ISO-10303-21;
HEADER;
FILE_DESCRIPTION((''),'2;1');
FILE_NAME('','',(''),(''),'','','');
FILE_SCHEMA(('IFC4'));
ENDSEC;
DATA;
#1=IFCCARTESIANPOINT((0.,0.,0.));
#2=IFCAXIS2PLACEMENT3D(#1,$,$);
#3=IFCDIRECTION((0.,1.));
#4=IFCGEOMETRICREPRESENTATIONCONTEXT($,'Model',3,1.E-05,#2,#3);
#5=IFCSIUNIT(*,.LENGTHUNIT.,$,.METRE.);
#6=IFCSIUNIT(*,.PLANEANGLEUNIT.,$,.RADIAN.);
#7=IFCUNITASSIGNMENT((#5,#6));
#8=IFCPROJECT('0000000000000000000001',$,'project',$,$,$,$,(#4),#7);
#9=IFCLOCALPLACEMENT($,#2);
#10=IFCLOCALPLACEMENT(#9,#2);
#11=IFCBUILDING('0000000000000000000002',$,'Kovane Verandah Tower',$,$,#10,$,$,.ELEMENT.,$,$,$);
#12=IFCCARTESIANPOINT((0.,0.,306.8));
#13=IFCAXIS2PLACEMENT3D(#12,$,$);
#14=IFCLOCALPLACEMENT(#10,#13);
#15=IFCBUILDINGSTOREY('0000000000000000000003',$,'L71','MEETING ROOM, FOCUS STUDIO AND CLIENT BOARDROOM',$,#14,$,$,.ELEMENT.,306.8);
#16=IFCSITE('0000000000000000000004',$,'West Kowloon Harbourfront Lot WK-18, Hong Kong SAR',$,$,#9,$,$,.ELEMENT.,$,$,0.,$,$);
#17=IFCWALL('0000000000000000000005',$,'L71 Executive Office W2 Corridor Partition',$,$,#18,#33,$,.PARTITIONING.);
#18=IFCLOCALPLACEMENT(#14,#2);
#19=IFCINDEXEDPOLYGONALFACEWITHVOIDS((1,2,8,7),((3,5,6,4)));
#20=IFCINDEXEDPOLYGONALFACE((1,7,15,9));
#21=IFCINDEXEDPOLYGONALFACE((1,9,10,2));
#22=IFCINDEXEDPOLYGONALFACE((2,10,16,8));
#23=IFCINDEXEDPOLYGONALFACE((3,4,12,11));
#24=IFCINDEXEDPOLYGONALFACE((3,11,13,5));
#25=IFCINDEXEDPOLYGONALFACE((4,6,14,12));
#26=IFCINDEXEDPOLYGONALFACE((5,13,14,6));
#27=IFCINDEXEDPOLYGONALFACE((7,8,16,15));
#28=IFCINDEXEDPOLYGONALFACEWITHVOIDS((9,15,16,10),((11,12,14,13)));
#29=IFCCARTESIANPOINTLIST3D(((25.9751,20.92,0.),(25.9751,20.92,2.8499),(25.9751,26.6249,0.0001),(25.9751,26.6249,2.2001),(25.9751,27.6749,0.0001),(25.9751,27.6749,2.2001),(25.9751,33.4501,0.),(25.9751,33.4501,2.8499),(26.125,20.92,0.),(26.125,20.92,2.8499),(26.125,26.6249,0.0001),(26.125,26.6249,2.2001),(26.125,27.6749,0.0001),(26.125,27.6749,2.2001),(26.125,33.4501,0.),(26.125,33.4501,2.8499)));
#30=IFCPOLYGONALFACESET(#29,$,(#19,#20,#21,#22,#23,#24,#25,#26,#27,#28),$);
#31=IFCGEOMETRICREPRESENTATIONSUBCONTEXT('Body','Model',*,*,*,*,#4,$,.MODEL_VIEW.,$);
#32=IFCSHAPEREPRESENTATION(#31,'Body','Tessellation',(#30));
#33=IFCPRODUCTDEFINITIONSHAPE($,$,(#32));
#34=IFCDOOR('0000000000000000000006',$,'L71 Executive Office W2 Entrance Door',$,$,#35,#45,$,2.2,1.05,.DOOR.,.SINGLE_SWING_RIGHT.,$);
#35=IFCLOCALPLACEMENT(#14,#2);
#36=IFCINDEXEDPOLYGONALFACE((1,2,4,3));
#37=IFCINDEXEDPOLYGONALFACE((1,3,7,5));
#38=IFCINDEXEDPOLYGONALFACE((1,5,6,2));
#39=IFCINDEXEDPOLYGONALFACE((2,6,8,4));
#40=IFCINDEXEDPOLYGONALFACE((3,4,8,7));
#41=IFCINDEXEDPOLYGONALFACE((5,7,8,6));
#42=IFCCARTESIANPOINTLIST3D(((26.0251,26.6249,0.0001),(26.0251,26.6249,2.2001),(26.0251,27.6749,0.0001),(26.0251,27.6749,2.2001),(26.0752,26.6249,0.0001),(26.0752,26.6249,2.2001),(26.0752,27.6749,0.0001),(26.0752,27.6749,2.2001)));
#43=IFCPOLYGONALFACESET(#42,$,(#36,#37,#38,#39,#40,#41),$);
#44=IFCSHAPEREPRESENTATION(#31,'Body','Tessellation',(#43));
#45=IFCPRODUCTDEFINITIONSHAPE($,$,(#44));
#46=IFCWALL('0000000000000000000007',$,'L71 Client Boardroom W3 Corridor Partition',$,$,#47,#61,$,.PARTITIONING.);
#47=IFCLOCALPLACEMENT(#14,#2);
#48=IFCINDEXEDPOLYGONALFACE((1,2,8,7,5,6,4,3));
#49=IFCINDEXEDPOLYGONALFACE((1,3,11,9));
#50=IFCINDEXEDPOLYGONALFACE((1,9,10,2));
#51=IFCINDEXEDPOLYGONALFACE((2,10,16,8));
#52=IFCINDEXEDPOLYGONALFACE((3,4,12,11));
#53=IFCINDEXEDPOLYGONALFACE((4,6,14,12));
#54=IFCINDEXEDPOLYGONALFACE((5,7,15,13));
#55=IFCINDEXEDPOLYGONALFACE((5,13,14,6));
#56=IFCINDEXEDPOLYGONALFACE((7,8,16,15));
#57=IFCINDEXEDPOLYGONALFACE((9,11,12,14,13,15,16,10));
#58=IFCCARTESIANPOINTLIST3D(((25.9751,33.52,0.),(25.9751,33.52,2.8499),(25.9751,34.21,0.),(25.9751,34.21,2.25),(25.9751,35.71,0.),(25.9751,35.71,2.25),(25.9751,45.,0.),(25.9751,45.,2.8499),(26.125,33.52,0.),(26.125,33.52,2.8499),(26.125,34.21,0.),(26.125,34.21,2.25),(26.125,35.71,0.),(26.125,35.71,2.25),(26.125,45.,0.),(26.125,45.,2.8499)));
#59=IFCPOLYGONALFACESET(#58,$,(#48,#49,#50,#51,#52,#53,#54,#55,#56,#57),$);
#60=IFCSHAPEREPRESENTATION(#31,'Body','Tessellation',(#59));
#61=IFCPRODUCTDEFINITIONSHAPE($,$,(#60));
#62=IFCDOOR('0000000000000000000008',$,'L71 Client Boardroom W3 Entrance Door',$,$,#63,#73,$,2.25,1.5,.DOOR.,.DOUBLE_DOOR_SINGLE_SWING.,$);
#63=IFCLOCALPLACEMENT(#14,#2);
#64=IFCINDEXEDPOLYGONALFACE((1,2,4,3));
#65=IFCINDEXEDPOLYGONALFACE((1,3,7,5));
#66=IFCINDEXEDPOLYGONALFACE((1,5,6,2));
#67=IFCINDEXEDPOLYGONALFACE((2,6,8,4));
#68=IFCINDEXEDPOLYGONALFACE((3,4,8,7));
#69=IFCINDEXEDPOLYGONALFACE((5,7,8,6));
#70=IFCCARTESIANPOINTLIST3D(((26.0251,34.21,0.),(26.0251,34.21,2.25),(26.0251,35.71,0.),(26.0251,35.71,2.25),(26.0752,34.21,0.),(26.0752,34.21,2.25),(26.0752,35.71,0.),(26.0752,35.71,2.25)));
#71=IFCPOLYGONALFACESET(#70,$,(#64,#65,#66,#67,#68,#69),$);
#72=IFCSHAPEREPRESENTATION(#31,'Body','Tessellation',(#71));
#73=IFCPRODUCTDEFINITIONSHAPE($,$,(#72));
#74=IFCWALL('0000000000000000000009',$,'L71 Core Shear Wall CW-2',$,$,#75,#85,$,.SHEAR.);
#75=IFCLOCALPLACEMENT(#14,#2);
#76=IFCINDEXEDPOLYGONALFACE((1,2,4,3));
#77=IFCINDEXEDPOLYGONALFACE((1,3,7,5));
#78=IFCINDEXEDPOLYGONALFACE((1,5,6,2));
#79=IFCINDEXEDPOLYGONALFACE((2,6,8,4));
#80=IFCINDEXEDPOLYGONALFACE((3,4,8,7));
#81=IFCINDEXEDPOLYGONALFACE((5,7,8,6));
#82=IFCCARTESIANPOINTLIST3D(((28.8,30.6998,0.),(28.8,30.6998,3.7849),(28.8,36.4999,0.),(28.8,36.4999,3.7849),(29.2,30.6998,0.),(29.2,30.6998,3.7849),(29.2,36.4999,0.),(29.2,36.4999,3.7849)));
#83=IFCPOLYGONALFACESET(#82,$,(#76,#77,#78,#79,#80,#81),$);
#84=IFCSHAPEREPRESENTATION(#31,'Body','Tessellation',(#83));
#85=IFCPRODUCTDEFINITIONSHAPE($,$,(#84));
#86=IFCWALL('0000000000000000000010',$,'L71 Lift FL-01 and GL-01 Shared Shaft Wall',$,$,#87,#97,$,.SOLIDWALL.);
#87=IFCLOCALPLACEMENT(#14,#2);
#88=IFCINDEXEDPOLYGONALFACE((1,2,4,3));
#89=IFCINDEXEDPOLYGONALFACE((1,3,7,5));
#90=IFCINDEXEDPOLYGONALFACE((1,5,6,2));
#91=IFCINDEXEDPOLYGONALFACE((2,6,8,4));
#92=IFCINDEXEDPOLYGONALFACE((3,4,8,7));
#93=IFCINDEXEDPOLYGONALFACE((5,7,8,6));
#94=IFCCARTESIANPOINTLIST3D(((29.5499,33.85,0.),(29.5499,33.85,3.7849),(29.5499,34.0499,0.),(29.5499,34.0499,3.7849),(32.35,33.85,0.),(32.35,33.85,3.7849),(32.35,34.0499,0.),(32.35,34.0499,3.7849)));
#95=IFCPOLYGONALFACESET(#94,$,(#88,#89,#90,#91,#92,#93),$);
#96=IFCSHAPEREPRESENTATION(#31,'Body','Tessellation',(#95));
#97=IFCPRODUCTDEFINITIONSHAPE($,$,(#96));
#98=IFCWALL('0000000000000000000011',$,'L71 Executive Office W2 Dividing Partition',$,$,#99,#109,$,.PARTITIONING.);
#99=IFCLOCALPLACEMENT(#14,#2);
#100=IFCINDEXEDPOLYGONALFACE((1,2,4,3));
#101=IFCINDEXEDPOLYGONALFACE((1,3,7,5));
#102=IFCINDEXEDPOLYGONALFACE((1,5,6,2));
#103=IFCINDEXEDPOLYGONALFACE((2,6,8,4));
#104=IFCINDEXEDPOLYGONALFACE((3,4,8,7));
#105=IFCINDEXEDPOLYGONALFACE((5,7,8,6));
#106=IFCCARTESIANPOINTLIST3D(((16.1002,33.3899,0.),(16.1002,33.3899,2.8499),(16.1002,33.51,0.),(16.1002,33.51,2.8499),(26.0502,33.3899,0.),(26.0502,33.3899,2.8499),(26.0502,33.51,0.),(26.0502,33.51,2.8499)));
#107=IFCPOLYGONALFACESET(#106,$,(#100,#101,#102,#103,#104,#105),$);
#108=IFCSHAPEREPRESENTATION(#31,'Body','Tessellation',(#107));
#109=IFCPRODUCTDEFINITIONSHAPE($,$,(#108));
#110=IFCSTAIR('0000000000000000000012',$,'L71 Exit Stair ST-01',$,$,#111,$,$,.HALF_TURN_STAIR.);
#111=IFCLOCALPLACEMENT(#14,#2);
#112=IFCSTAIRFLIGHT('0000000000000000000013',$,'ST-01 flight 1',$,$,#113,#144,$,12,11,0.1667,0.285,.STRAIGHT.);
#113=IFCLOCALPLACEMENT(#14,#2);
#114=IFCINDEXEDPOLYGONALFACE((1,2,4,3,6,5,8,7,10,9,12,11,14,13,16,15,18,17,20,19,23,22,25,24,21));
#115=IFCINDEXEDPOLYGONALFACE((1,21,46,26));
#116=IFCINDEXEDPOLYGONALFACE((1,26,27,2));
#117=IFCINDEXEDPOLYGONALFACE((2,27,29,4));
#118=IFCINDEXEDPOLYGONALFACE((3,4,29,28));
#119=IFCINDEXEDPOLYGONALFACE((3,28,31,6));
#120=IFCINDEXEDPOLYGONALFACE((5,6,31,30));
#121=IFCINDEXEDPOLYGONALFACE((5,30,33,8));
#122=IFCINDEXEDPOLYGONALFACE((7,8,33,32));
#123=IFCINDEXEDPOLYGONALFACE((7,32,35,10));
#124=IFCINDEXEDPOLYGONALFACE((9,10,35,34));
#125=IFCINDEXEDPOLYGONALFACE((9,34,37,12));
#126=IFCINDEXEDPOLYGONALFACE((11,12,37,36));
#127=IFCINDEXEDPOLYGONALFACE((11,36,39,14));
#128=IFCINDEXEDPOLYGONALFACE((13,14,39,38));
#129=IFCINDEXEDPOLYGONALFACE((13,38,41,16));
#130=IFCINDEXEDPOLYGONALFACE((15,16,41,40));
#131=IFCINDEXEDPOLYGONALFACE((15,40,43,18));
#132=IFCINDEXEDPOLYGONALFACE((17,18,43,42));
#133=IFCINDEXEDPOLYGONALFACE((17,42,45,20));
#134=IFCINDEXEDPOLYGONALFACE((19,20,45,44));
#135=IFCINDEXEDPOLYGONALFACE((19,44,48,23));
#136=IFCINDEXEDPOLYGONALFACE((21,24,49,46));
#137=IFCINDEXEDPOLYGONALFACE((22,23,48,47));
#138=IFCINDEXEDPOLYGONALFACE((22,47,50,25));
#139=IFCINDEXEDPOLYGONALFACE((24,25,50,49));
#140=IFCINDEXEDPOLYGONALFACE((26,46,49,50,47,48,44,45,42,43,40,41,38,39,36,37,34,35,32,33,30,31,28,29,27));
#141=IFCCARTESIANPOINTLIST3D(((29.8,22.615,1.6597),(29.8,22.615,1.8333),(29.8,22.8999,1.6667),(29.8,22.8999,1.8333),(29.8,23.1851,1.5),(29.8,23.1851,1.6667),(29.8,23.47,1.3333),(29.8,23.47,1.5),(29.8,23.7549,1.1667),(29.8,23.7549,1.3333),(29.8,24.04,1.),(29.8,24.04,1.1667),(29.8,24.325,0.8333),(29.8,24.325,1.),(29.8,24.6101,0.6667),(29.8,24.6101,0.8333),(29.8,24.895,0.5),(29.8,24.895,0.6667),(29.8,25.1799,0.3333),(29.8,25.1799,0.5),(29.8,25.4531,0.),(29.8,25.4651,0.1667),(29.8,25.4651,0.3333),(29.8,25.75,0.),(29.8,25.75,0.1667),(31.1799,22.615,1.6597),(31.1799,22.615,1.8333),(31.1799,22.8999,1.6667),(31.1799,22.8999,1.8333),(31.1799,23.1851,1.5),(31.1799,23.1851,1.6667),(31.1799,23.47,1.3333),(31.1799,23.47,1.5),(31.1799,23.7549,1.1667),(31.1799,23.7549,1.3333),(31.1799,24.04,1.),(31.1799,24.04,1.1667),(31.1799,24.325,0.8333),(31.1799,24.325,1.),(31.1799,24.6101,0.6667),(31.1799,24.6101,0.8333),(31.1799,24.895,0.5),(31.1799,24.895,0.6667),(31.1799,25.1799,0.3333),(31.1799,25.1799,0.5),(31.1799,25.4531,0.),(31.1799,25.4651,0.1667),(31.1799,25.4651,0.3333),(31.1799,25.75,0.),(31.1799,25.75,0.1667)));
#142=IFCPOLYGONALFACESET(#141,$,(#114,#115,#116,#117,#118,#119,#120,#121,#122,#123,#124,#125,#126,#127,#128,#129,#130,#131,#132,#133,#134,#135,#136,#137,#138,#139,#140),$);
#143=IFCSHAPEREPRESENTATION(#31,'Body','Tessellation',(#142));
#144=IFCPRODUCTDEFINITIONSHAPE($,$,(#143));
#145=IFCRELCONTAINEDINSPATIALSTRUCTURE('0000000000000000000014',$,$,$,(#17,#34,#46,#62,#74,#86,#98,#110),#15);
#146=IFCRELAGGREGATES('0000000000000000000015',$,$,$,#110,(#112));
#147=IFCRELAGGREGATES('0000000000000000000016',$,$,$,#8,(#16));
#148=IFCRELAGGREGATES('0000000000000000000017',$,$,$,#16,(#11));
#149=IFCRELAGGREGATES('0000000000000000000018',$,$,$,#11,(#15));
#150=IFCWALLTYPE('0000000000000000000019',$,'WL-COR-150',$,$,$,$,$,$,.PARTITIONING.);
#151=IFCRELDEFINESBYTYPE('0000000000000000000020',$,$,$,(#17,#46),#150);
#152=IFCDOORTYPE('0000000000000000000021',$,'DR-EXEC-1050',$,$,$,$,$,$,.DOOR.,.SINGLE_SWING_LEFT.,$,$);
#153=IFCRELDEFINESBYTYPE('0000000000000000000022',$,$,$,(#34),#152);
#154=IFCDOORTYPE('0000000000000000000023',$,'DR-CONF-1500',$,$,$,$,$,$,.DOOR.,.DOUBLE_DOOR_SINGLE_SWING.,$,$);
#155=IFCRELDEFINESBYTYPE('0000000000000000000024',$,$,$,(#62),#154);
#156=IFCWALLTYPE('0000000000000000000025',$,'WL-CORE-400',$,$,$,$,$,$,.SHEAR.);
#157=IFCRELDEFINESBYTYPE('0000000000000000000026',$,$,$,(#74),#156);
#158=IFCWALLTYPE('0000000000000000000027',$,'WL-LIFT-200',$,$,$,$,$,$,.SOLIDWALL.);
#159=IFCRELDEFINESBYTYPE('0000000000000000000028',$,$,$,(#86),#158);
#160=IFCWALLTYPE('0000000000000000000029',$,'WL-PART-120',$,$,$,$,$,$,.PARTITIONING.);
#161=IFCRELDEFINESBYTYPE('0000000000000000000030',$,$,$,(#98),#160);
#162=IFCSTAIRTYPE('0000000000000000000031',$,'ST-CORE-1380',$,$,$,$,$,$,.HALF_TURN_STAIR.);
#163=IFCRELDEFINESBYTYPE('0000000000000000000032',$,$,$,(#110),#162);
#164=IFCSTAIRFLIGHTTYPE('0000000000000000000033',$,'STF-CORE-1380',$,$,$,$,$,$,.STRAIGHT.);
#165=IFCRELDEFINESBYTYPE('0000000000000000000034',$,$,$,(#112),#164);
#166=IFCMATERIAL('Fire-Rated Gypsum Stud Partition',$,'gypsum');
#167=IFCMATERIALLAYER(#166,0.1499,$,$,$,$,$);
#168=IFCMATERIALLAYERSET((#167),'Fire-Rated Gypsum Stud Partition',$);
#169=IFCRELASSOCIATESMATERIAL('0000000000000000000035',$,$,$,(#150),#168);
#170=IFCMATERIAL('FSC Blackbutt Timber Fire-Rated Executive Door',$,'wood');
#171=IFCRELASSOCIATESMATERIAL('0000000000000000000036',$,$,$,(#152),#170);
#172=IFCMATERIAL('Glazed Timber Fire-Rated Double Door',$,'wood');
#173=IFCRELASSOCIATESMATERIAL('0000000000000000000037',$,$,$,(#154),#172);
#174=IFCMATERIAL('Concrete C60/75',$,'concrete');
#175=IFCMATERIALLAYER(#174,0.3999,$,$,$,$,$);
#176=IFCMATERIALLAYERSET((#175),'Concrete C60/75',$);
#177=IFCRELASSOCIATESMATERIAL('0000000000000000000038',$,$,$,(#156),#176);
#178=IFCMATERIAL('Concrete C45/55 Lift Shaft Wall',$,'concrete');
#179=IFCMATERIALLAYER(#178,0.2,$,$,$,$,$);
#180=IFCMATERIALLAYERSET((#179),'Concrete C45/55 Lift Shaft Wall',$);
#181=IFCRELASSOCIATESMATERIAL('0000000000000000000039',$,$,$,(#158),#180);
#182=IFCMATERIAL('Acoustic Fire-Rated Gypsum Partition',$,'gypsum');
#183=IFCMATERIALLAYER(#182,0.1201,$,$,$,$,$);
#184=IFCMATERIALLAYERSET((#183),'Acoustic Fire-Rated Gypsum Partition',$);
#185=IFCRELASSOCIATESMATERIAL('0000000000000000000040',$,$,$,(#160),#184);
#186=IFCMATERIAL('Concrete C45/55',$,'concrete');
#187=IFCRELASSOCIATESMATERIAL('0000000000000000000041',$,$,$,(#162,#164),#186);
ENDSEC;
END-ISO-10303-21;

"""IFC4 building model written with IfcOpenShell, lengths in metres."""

from ifc_helpers import new_model, si_unit, direction, frame, frame_2d, origin, place, context, subcontext, project, spatial, polyline, rectangle, outline, extrude, material, layer, layer_set, type_object, element, fill, aggregate, save


model = new_model("IFC4")

# Units and contexts
model_context = context("Model", 3, precision=1e-05, world=origin(), true_north=direction((0.0, 1.0)))
body_context = subcontext(model_context, "Body", "Model", "MODEL_VIEW")
ifc_project = project(units=[si_unit("LENGTHUNIT", "METRE"), si_unit("PLANEANGLEUNIT", "RADIAN")], contexts=[model_context])

# Site, building, storey
site_placement = place(None, origin())
site = spatial("IfcSite", under=ifc_project, at=site_placement, Name="West Kowloon Harbourfront Lot WK-18, Hong Kong SAR", CompositionType="ELEMENT", RefElevation=0.0)
building_placement = place(site_placement, origin())
building = spatial("IfcBuilding", under=site, at=building_placement, Name="Kovane Verandah Tower", CompositionType="ELEMENT")
storey_placement = place(building_placement, frame((0.0, 0.0, 306.8)))
storey = spatial("IfcBuildingStorey", under=building, at=storey_placement, Name="L71", Description="MEETING ROOM, FOCUS STUDIO AND CLIENT BOARDROOM", CompositionType="ELEMENT", Elevation=306.8)

# Shared definitions
ifc_material_1 = material(Name="Concrete C60/75", Category="concrete")

# Walls, openings, doors
ifc_material_2 = material(Name="Fire-Rated Gypsum Stud Partition", Category="gypsum")
ifc_layer_1 = layer(ifc_material_2, 0.1499)
ifc_layer_set_1 = layer_set([ifc_layer_1], Name="Fire-Rated Gypsum Stud Partition")
wall_type_1 = type_object("IfcWallType", Name="WL-COR-150", PredefinedType="PARTITIONING", material=ifc_layer_set_1)
wall_1_placement = place(storey_placement, frame((26.05, 20.9199, 0.0), z_axis=(0.0, 0.0, 1.0), x_axis=(0.0, 1.0, 0.0)))
wall_1 = element("IfcWall", 1, at=wall_1_placement, inside=storey, type_object=wall_type_1, Name="L71 Executive Office W2 Corridor Partition", PredefinedType="PARTITIONING", context=body_context, shape_type="SweptSolid", body=[
    extrude(rectangle(XDim=12.53, YDim=0.1499, at=frame_2d((6.2651, 0.0))), origin(), (0.0, 0.0, 1.0), 2.8499),
])
opening_1_placement = place(wall_1_placement, frame((5.7051, 0.0, 0.0)))
opening_1 = element("IfcOpeningElement", 2, at=opening_1_placement, cuts=wall_1, PredefinedType="OPENING", context=body_context, shape_type="SweptSolid", body=[
    extrude(rectangle(XDim=1.05, YDim=2.2, at=frame_2d((0.5249, 1.1001))), frame((0.0, 0.075, 0.0), z_axis=(0.0, -1.0, 0.0), x_axis=(1.0, 0.0, 0.0)), (0.0, 0.0, 1.0), 0.1499),
])
ifc_material_3 = material(Name="FSC Blackbutt Timber Fire-Rated Executive Door", Category="wood")
door_type_1 = type_object("IfcDoorType", Name="DR-EXEC-1050", OperationType="SINGLE_SWING_LEFT", PredefinedType="DOOR", material=ifc_material_3)
door_1_placement = place(opening_1_placement, origin())
door_1 = element("IfcDoor", 3, at=door_1_placement, inside=storey, type_object=door_type_1, Name="L71 Executive Office W2 Entrance Door", OperationType="SINGLE_SWING_RIGHT", OverallHeight=2.2, OverallWidth=1.05, PredefinedType="DOOR", context=body_context, shape_type="SweptSolid", body=[
    extrude(rectangle(XDim=1.05, YDim=2.2, at=frame_2d((0.5249, 1.1001))), frame((0.0, 0.0249, 0.0), z_axis=(0.0, -1.0, 0.0), x_axis=(1.0, 0.0, 0.0)), (0.0, 0.0, 1.0), 0.05),
])
fill(opening_1, door_1)
wall_2_placement = place(storey_placement, frame((26.05, 33.52, 0.0), z_axis=(0.0, 0.0, 1.0), x_axis=(0.0, 1.0, 0.0)))
wall_2 = element("IfcWall", 4, at=wall_2_placement, inside=storey, type_object=wall_type_1, Name="L71 Client Boardroom W3 Corridor Partition", PredefinedType="PARTITIONING", context=body_context, shape_type="SweptSolid", body=[
    extrude(rectangle(XDim=11.48, YDim=0.1499, at=frame_2d((5.74, 0.0))), origin(), (0.0, 0.0, 1.0), 2.8499),
])
opening_2_placement = place(wall_2_placement, frame((0.6899, 0.0, 0.0)))
opening_2 = element("IfcOpeningElement", 5, at=opening_2_placement, cuts=wall_2, PredefinedType="OPENING", context=body_context, shape_type="SweptSolid", body=[
    extrude(rectangle(XDim=1.5, YDim=2.25, at=frame_2d((0.75, 1.125))), frame((0.0, 0.075, 0.0), z_axis=(0.0, -1.0, 0.0), x_axis=(1.0, 0.0, 0.0)), (0.0, 0.0, 1.0), 0.1499),
])
ifc_material_4 = material(Name="Glazed Timber Fire-Rated Double Door", Category="wood")
door_type_2 = type_object("IfcDoorType", Name="DR-CONF-1500", OperationType="DOUBLE_DOOR_SINGLE_SWING", PredefinedType="DOOR", material=ifc_material_4)
door_2_placement = place(opening_2_placement, origin())
door_2 = element("IfcDoor", 6, at=door_2_placement, inside=storey, type_object=door_type_2, Name="L71 Client Boardroom W3 Entrance Door", OperationType="DOUBLE_DOOR_SINGLE_SWING", OverallHeight=2.25, OverallWidth=1.5, PredefinedType="DOOR", context=body_context, shape_type="SweptSolid", body=[
    extrude(rectangle(XDim=1.5, YDim=2.25, at=frame_2d((0.75, 1.125))), frame((0.0, 0.0249, 0.0), z_axis=(0.0, -1.0, 0.0), x_axis=(1.0, 0.0, 0.0)), (0.0, 0.0, 1.0), 0.05),
])
fill(opening_2, door_2)

# Wall
ifc_layer_2 = layer(ifc_material_1, 0.3999)
ifc_layer_set_2 = layer_set([ifc_layer_2], Name="Concrete C60/75")
wall_type_2 = type_object("IfcWallType", Name="WL-CORE-400", PredefinedType="SHEAR", material=ifc_layer_set_2)
wall_3_placement = place(storey_placement, frame((29.0, 30.7, 0.0), z_axis=(0.0, 0.0, 1.0), x_axis=(0.0, 1.0, 0.0)))
element("IfcWall", 7, at=wall_3_placement, inside=storey, type_object=wall_type_2, Name="L71 Core Shear Wall CW-2", PredefinedType="SHEAR", context=body_context, shape_type="SweptSolid", body=[
    extrude(rectangle(XDim=5.8, YDim=0.3999, at=frame_2d((2.8999, 0.0))), origin(), (0.0, 0.0, 1.0), 3.7849),
])

# Shared definitions
ifc_material_5 = material(Name="Concrete C45/55 Lift Shaft Wall", Category="concrete")
ifc_layer_3 = layer(ifc_material_5, 0.2)
ifc_layer_set_3 = layer_set([ifc_layer_3], Name="Concrete C45/55 Lift Shaft Wall")
wall_type_3 = type_object("IfcWallType", Name="WL-LIFT-200", PredefinedType="SOLIDWALL", material=ifc_layer_set_3)

# Walls
wall_4_placement = place(storey_placement, frame((29.55, 33.95, 0.0), z_axis=(0.0, 0.0, 1.0), x_axis=(1.0, 0.0, 0.0)))
element("IfcWall", 8, at=wall_4_placement, inside=storey, type_object=wall_type_3, Name="L71 Lift FL-01 and GL-01 Shared Shaft Wall", PredefinedType="SOLIDWALL", context=body_context, shape_type="SweptSolid", body=[
    extrude(rectangle(XDim=2.8, YDim=0.2, at=frame_2d((1.3999, 0.0))), origin(), (0.0, 0.0, 1.0), 3.7849),
])
ifc_material_6 = material(Name="Acoustic Fire-Rated Gypsum Partition", Category="gypsum")
ifc_layer_4 = layer(ifc_material_6, 0.1201)
ifc_layer_set_4 = layer_set([ifc_layer_4], Name="Acoustic Fire-Rated Gypsum Partition")
wall_type_4 = type_object("IfcWallType", Name="WL-PART-120", PredefinedType="PARTITIONING", material=ifc_layer_set_4)
wall_5_placement = place(storey_placement, frame((16.1001, 33.45, 0.0), z_axis=(0.0, 0.0, 1.0), x_axis=(1.0, 0.0, 0.0)))
element("IfcWall", 9, at=wall_5_placement, inside=storey, type_object=wall_type_4, Name="L71 Executive Office W2 Dividing Partition", PredefinedType="PARTITIONING", context=body_context, shape_type="SweptSolid", body=[
    extrude(rectangle(XDim=9.95, YDim=0.1201, at=frame_2d((4.9751, 0.0))), origin(), (0.0, 0.0, 1.0), 2.8499),
])

# Shared definitions
ifc_material_7 = material(Name="Concrete C45/55", Category="concrete")

# Stair, stair flight
stair_type = type_object("IfcStairType", Name="ST-CORE-1380", PredefinedType="HALF_TURN_STAIR", material=ifc_material_7)
stair_placement = place(storey_placement, origin())
stair = element("IfcStair", 10, at=stair_placement, inside=storey, type_object=stair_type, Name="L71 Exit Stair ST-01", PredefinedType="HALF_TURN_STAIR")
stair_flight_type = type_object("IfcStairFlightType", Name="STF-CORE-1380", PredefinedType="STRAIGHT", material=ifc_material_7)
stair_flight_1_placement = place(storey_placement, frame((30.49, 25.75, 0.0), z_axis=(0.0, 0.0, 1.0), x_axis=(0.0, -1.0, 0.0)))
stair_flight_1 = element("IfcStairFlight", 11, at=stair_flight_1_placement, type_object=stair_flight_type, Name="ST-01 flight 1", NumberOfRisers=12, NumberOfTreads=11, PredefinedType="STRAIGHT", RiserHeight=0.1667, TreadLength=0.285, context=body_context, shape_type="SweptSolid", body=[
    extrude(outline(polyline([(0.0, 0.0), (0.0, 0.1667), (0.2849, 0.1667), (0.2849, 0.3333), (0.5701, 0.3333), (0.5701, 0.5), (0.855, 0.5), (0.855, 0.6667), (1.1399, 0.6667), (1.1399, 0.8333), (1.425, 0.8333), (1.425, 1.0), (1.71, 1.0), (1.71, 1.1667), (1.9951, 1.1667), (1.9951, 1.3333), (2.28, 1.3333), (2.28, 1.5), (2.5649, 1.5), (2.5649, 1.6667), (2.8501, 1.6667), (2.8501, 1.8333), (3.135, 1.8333), (3.135, 2.0), (3.135, 1.6597), (0.2969, 0.0), (0.0, 0.0)])), frame((0.0, 0.6899, 0.0), z_axis=(0.0, -1.0, 0.0), x_axis=(1.0, 0.0, 0.0)), (0.0, 0.0, 1.0), 1.3799),
])
aggregate(stair, [stair_flight_1])

save(model, "model.ifc")
